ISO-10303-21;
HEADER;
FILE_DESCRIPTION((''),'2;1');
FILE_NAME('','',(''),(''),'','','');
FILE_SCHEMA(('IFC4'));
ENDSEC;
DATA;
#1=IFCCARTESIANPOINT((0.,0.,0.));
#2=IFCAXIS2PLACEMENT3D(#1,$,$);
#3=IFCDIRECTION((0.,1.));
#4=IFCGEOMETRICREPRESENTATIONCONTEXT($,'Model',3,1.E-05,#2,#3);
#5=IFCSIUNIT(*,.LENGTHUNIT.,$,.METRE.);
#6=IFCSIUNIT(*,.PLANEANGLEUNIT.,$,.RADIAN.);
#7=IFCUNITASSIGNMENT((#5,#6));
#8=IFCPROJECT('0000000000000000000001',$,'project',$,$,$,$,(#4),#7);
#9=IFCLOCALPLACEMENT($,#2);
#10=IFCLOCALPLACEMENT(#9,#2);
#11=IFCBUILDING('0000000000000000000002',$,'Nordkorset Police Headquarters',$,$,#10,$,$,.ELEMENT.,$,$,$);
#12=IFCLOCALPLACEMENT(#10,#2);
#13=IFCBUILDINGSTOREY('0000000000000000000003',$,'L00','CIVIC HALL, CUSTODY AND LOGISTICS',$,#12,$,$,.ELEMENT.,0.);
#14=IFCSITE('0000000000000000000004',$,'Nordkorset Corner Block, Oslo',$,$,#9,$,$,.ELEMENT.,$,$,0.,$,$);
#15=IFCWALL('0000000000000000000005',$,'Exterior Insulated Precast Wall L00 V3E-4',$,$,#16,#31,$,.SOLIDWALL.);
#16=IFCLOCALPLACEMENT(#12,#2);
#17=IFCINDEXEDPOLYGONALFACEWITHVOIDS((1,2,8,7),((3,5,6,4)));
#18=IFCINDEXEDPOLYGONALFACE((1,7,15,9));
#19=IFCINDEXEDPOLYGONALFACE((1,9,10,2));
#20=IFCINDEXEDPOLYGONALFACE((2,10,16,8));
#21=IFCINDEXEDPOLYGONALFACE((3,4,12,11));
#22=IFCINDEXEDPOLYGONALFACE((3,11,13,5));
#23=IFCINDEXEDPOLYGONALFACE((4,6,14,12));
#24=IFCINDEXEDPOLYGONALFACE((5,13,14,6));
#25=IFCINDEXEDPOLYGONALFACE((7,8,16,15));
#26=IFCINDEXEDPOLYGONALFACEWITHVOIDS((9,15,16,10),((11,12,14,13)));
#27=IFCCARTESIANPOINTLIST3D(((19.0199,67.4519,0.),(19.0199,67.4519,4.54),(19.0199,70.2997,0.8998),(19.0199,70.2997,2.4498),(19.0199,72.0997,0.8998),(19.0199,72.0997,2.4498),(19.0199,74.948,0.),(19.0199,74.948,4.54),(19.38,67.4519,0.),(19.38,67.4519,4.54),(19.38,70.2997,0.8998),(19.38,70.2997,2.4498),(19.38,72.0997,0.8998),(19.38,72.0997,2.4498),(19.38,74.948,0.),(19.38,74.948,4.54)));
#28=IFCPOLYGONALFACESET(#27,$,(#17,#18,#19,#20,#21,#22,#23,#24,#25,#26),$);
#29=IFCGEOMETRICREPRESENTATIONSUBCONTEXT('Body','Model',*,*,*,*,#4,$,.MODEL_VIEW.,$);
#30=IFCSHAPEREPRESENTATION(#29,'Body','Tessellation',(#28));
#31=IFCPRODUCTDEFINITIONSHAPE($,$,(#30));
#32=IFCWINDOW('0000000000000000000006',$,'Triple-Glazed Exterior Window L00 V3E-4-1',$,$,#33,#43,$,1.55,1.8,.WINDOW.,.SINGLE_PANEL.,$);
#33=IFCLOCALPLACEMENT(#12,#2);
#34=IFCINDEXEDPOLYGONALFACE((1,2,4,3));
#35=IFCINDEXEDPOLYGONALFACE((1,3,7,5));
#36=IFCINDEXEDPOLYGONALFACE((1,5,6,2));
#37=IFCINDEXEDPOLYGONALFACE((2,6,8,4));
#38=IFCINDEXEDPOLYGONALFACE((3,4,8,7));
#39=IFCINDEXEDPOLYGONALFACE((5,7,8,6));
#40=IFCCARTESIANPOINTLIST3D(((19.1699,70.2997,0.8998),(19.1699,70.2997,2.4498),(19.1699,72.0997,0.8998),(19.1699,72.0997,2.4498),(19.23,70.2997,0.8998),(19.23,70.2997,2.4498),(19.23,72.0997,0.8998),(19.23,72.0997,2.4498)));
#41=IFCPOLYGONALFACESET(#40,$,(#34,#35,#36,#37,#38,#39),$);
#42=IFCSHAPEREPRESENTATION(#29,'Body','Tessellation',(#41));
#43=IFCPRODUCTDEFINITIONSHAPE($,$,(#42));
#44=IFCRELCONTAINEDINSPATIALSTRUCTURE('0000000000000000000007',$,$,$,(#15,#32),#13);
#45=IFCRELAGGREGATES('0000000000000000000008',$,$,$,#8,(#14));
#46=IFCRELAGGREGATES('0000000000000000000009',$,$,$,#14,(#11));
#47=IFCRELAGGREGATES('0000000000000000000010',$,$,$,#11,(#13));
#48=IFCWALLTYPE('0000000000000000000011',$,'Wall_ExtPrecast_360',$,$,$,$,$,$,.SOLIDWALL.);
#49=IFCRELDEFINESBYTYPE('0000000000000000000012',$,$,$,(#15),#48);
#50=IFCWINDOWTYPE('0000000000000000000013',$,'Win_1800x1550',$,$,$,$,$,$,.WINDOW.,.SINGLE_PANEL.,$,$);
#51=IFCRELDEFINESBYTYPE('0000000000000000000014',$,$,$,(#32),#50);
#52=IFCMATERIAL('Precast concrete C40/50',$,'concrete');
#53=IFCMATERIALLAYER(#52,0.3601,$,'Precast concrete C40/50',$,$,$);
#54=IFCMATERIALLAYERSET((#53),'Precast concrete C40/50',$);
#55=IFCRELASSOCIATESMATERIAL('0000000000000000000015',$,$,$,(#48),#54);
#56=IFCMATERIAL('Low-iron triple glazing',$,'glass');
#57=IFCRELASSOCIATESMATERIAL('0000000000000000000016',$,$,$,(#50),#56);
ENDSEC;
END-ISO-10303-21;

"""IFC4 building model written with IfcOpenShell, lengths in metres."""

from ifc_helpers import new_model, si_unit, direction, frame, frame_2d, origin, place, context, subcontext, project, spatial, rectangle, extrude, material, layer, layer_set, type_object, element, fill, save


model = new_model("IFC4")

# Units and contexts
model_context = context("Model", 3, precision=1e-05, world=origin(), true_north=direction((0.0, 1.0)))
body_context = subcontext(model_context, "Body", "Model", "MODEL_VIEW")
ifc_project = project(units=[si_unit("LENGTHUNIT", "METRE"), si_unit("PLANEANGLEUNIT", "RADIAN")], contexts=[model_context])

# Site, building, storey
site_placement = place(None, origin())
site = spatial("IfcSite", under=ifc_project, at=site_placement, Name="Nordkorset Corner Block, Oslo", CompositionType="ELEMENT", RefElevation=0.0)
building_placement = place(site_placement, origin())
building = spatial("IfcBuilding", under=site, at=building_placement, Name="Nordkorset Police Headquarters", CompositionType="ELEMENT")
storey_placement = place(building_placement, origin())
storey = spatial("IfcBuildingStorey", under=building, at=storey_placement, Name="L00", Description="CIVIC HALL, CUSTODY AND LOGISTICS", CompositionType="ELEMENT", Elevation=0.0)

# Wall, opening, window
ifc_material_1 = material(Name="Precast concrete C40/50", Category="concrete")
ifc_layer_1 = layer(ifc_material_1, 0.3601, Name="Precast concrete C40/50")
ifc_layer_set_1 = layer_set([ifc_layer_1], Name="Precast concrete C40/50")
wall_type = type_object("IfcWallType", Name="Wall_ExtPrecast_360", PredefinedType="SOLIDWALL", material=ifc_layer_set_1)
wall_placement = place(storey_placement, frame((19.2, 67.4519, 0.0), z_axis=(0.0, 0.0, 1.0), x_axis=(0.0, 1.0, 0.0)))
wall = element("IfcWall", 1, at=wall_placement, inside=storey, type_object=wall_type, Name="Exterior Insulated Precast Wall L00 V3E-4", PredefinedType="SOLIDWALL", context=body_context, shape_type="SweptSolid", body=[
    extrude(rectangle(XDim=7.4961, YDim=0.3601, at=frame_2d((3.748, 0.0))), origin(), (0.0, 0.0, 1.0), 4.54),
])
opening_placement = place(wall_placement, frame((2.8479, 0.0, 0.8999)))
opening = element("IfcOpeningElement", 2, at=opening_placement, cuts=wall, PredefinedType="OPENING", context=body_context, shape_type="SweptSolid", body=[
    extrude(rectangle(XDim=1.8, YDim=1.55, at=frame_2d((0.8999, 0.7749))), frame((0.0, 0.1899, 0.0), z_axis=(0.0, -1.0, 0.0), x_axis=(1.0, 0.0, 0.0)), (0.0, 0.0, 1.0), 0.3801),
])
ifc_material_2 = material(Name="Low-iron triple glazing", Category="glass")
window_type = type_object("IfcWindowType", Name="Win_1800x1550", PartitioningType="SINGLE_PANEL", PredefinedType="WINDOW", material=ifc_material_2)
window_placement = place(opening_placement, origin())
window = element("IfcWindow", 3, at=window_placement, inside=storey, type_object=window_type, Name="Triple-Glazed Exterior Window L00 V3E-4-1", OverallHeight=1.55, OverallWidth=1.8, PartitioningType="SINGLE_PANEL", PredefinedType="WINDOW", context=body_context, shape_type="SweptSolid", body=[
    extrude(rectangle(XDim=1.8, YDim=1.55, at=frame_2d((0.8999, 0.7749))), frame((0.0, 0.03, 0.0), z_axis=(0.0, -1.0, 0.0), x_axis=(1.0, 0.0, 0.0)), (0.0, 0.0, 1.0), 0.0601),
])
fill(opening, window)

save(model, "model.ifc")
